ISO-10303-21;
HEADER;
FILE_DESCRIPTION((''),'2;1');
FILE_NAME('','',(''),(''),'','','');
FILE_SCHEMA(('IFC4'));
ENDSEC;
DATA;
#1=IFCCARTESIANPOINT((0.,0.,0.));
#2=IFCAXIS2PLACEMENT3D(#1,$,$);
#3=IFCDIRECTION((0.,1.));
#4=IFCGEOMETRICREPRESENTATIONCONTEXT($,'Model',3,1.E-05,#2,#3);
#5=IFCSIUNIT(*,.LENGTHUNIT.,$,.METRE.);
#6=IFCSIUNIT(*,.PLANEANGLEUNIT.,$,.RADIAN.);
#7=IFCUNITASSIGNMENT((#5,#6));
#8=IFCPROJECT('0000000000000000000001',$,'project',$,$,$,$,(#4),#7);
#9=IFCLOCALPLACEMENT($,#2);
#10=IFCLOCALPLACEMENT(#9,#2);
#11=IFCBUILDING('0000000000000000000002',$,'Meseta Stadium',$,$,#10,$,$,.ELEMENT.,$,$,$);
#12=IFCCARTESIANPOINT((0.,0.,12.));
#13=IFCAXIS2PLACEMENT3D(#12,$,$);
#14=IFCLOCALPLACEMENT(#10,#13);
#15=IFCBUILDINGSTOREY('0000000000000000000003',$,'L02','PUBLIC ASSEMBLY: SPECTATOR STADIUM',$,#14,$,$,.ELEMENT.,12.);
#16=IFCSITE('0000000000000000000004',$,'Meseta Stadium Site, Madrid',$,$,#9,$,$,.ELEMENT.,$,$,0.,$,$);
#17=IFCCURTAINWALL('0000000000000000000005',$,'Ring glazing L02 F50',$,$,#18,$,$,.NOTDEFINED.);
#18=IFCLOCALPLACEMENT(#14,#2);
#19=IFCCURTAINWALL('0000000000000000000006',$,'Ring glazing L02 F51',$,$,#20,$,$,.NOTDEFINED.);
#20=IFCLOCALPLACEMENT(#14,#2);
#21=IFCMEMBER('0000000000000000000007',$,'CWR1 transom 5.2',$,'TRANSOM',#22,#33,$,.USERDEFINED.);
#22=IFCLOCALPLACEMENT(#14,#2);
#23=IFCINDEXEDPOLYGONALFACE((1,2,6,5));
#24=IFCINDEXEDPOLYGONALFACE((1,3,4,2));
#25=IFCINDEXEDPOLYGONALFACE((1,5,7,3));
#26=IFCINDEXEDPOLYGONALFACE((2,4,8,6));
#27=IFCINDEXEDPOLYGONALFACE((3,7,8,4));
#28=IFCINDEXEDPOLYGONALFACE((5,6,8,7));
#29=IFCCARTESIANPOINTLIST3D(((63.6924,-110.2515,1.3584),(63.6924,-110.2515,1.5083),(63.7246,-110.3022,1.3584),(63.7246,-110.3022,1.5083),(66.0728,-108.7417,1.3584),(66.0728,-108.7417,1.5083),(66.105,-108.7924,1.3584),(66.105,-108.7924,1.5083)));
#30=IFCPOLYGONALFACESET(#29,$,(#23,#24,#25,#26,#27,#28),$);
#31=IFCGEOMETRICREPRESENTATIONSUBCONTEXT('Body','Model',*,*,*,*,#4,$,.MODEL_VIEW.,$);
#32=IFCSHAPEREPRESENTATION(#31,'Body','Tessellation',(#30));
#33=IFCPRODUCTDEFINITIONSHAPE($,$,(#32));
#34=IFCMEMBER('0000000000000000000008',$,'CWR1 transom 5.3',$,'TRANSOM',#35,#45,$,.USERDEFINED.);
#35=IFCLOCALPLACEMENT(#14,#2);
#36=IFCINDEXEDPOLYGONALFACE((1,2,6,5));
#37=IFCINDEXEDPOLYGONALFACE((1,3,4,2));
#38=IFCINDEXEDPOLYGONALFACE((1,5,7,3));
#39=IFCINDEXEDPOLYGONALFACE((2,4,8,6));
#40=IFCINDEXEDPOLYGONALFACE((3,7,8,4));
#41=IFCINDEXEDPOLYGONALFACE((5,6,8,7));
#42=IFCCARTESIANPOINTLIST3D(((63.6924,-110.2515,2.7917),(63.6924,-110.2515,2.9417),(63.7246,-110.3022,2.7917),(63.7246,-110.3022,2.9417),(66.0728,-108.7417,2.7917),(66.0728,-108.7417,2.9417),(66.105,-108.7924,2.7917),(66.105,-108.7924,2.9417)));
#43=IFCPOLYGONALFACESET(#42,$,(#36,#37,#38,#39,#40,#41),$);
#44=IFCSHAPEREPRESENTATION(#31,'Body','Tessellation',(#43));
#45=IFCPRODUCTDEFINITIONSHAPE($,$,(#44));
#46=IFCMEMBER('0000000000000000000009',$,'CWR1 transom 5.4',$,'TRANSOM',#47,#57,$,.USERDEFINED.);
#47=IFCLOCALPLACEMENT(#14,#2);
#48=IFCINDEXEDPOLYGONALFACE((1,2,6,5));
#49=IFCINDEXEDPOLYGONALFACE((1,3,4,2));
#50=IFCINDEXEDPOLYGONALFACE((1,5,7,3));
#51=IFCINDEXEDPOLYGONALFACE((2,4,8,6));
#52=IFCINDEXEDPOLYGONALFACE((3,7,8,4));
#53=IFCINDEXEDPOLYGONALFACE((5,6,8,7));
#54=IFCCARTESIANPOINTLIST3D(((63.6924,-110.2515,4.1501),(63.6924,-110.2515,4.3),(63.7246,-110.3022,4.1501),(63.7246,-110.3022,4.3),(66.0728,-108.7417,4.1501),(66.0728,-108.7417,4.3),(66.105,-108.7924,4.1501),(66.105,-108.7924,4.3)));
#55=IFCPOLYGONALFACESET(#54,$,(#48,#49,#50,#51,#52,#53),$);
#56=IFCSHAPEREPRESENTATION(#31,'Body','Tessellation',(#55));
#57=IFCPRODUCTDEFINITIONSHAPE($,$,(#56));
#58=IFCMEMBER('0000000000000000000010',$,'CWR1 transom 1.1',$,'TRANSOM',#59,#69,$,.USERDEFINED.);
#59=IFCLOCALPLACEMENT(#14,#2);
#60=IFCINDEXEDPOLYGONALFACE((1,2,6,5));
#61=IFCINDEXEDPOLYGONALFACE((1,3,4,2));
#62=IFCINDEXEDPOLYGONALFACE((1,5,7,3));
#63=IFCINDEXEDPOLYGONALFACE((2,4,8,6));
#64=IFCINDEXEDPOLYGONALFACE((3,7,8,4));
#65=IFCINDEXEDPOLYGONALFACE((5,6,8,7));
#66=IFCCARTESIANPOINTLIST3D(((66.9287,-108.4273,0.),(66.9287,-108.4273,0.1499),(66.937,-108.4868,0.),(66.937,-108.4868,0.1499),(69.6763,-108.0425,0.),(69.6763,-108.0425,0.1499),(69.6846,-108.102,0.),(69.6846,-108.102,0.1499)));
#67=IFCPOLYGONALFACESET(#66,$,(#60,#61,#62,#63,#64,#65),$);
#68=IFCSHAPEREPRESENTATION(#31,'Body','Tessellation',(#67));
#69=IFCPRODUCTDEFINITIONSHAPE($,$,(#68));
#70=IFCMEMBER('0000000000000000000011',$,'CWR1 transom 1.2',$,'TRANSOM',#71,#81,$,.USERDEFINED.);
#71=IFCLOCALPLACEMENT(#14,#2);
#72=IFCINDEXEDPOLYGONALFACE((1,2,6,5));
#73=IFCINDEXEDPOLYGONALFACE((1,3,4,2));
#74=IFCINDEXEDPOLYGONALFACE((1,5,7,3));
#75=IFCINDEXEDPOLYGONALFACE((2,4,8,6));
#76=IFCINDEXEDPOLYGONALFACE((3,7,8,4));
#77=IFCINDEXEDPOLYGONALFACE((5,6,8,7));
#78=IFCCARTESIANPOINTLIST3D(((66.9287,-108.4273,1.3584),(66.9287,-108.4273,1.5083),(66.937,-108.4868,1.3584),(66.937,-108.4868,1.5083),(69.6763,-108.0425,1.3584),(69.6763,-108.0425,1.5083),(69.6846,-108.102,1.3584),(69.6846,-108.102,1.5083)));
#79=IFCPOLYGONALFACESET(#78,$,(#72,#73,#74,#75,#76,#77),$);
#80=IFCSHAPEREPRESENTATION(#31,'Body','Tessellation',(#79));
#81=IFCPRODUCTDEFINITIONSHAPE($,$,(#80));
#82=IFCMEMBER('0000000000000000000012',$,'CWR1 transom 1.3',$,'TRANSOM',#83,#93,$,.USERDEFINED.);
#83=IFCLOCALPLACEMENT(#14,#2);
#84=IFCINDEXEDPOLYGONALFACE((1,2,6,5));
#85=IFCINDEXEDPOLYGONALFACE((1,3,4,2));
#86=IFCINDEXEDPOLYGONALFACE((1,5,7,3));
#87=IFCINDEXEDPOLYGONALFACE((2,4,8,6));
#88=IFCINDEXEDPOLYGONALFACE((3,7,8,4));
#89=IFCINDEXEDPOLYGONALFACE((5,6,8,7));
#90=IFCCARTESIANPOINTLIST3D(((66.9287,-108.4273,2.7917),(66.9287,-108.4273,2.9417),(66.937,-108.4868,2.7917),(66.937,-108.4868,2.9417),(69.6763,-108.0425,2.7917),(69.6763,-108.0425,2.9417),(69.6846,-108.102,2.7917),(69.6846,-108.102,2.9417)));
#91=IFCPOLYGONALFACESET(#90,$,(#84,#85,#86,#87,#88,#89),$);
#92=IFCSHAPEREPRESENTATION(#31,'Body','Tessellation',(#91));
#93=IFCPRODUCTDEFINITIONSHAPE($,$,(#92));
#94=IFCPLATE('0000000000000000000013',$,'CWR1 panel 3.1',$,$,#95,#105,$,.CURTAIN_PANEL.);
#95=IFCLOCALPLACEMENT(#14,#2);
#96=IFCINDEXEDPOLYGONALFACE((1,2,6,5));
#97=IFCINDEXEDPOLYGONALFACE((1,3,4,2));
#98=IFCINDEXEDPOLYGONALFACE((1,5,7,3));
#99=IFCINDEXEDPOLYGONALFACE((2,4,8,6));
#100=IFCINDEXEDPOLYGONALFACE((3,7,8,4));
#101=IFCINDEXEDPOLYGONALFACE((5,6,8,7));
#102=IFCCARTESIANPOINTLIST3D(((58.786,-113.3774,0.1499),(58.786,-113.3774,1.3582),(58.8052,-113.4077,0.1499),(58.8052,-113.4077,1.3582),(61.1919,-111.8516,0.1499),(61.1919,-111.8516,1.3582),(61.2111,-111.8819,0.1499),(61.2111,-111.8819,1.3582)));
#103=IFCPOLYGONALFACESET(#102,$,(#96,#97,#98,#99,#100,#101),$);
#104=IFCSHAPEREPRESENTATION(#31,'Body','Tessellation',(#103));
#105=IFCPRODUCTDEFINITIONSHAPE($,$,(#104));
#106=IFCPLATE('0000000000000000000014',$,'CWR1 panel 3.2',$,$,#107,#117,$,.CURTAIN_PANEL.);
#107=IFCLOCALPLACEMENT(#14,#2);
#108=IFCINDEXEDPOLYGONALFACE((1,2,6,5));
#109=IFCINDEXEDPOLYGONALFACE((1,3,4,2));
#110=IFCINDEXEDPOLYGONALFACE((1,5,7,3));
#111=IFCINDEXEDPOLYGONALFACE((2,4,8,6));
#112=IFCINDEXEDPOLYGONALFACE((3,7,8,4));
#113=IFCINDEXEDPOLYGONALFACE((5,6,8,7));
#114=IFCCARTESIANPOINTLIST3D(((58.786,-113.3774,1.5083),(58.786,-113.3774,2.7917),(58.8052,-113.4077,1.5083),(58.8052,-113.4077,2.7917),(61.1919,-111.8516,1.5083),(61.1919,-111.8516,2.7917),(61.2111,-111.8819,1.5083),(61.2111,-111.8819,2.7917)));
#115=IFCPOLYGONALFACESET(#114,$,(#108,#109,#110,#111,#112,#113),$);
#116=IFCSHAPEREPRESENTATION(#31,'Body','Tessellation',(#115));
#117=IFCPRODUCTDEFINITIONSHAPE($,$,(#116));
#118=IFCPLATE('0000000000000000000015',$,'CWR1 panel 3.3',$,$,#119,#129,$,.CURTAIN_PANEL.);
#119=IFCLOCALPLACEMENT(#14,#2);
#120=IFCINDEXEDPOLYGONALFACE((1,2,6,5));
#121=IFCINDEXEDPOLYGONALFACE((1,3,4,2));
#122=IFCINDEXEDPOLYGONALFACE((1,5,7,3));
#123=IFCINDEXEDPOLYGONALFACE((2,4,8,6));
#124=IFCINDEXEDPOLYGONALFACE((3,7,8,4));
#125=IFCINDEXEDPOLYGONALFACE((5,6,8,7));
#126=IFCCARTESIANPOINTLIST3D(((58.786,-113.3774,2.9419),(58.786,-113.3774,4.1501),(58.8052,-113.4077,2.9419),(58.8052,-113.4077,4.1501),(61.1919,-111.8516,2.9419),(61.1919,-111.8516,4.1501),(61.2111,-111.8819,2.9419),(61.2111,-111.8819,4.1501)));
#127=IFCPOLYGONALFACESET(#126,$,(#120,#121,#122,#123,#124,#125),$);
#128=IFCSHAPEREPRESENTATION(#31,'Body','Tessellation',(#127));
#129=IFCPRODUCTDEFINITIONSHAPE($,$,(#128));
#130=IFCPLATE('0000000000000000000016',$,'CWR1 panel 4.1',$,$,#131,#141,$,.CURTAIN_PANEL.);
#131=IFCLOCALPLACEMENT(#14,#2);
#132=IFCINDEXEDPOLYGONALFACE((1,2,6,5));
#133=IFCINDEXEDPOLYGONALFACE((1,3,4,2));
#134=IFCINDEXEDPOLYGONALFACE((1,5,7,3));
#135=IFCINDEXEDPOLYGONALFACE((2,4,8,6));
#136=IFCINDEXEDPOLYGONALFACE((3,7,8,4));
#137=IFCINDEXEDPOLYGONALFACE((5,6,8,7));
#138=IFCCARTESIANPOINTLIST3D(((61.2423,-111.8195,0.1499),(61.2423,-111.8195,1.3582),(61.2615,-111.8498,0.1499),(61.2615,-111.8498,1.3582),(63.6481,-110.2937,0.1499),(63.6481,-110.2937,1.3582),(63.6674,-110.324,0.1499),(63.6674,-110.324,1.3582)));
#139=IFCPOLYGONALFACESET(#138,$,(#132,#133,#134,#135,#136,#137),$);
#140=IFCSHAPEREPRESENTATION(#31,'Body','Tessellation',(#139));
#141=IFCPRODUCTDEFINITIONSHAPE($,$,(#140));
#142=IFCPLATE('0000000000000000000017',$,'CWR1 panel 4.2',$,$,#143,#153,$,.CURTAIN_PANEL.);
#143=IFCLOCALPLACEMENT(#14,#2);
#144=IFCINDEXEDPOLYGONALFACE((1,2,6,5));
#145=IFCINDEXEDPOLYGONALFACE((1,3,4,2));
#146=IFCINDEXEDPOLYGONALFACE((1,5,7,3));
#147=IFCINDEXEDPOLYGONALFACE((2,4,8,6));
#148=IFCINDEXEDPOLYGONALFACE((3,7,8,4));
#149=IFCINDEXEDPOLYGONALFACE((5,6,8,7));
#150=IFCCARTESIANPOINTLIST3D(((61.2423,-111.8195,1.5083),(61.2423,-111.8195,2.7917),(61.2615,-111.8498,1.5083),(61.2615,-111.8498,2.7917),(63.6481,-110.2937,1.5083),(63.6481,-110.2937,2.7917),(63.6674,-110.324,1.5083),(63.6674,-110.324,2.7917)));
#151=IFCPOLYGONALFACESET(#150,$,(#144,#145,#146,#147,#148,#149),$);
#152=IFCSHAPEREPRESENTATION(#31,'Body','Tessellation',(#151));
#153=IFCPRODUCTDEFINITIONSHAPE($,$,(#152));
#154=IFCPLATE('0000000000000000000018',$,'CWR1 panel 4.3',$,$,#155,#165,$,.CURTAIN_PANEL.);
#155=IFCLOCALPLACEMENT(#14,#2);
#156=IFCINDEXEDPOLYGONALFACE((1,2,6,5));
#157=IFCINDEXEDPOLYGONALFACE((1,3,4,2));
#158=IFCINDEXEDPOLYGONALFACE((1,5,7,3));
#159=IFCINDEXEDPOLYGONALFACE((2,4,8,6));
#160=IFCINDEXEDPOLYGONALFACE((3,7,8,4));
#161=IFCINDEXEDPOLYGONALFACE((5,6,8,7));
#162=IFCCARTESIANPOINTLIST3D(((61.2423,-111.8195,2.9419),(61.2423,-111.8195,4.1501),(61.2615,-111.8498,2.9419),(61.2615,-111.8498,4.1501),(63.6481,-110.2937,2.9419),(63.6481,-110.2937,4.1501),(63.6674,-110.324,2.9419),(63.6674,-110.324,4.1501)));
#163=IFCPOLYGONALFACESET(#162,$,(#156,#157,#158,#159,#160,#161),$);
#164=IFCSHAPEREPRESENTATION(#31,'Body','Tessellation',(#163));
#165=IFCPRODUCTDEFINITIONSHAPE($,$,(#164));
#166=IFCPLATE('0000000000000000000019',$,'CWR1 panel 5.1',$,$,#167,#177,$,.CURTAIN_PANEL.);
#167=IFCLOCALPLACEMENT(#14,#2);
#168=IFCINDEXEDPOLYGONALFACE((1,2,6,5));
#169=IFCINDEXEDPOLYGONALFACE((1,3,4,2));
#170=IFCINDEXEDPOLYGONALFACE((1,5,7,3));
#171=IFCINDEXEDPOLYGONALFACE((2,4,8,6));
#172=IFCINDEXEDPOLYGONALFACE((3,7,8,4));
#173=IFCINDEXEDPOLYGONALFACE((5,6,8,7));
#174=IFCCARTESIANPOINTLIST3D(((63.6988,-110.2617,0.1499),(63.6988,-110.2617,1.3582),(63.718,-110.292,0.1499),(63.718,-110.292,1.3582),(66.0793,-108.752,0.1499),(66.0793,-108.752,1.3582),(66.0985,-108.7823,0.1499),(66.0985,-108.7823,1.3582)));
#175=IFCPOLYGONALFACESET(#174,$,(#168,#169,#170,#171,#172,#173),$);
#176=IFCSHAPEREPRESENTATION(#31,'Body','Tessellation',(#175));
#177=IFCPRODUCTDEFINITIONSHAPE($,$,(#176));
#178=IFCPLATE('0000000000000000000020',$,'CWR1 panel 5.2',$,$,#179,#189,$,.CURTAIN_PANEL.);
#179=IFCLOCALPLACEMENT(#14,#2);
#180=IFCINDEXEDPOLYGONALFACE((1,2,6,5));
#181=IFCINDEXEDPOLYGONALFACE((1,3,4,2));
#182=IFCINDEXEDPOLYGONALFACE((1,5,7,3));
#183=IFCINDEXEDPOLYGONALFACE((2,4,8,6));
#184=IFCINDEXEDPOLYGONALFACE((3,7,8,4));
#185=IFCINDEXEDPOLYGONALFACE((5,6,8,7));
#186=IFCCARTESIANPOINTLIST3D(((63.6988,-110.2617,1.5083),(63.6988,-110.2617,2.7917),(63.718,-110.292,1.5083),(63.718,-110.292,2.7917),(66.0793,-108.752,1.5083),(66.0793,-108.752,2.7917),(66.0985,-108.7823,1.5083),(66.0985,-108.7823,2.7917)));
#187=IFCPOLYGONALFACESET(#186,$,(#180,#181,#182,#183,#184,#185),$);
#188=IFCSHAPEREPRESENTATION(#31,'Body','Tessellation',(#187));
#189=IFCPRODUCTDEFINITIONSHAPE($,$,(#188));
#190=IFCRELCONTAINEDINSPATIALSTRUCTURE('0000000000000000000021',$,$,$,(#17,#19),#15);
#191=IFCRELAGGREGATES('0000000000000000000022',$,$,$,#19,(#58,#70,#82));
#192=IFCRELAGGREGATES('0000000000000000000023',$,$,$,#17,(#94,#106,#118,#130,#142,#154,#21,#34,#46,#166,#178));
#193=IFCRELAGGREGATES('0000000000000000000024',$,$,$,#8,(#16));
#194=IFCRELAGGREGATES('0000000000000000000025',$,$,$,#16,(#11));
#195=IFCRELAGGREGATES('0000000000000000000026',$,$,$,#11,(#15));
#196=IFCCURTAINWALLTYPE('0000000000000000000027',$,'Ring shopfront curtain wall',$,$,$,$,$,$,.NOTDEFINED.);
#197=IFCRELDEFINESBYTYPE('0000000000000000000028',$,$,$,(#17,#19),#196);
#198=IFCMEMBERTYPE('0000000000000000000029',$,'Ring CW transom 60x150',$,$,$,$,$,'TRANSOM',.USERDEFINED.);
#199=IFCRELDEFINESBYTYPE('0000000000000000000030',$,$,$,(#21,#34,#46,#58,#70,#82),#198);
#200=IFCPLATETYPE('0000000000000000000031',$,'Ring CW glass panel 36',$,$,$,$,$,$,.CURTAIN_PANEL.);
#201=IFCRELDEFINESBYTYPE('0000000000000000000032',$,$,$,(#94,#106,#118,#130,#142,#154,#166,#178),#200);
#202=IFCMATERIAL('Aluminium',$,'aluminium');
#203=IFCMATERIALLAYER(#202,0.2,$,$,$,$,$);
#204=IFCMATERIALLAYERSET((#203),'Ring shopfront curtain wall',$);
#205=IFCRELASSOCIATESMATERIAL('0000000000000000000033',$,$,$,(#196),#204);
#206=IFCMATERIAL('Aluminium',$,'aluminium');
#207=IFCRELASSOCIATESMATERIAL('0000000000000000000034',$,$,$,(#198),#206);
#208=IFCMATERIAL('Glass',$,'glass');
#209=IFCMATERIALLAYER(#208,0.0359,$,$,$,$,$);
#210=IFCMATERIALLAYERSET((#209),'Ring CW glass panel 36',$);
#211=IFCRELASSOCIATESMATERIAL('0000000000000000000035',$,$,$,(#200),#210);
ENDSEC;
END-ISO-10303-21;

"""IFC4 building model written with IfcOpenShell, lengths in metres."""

from ifc_helpers import new_model, si_unit, direction, frame, origin, origin_2d, place, context, subcontext, project, spatial, rectangle, extrude, material, layer, layer_set, material_profile, profile_set, type_object, element, aggregate, save


model = new_model("IFC4")

# Units and contexts
model_context = context("Model", 3, precision=1e-05, world=origin(), true_north=direction((0.0, 1.0)))
body_context = subcontext(model_context, "Body", "Model", "MODEL_VIEW")
ifc_project = project(units=[si_unit("LENGTHUNIT", "METRE"), si_unit("PLANEANGLEUNIT", "RADIAN")], contexts=[model_context])

# Site, building, storey
site_placement = place(None, origin())
site = spatial("IfcSite", under=ifc_project, at=site_placement, Name="Meseta Stadium Site, Madrid", CompositionType="ELEMENT", RefElevation=0.0)
building_placement = place(site_placement, origin())
building = spatial("IfcBuilding", under=site, at=building_placement, Name="Meseta Stadium", CompositionType="ELEMENT")
storey_placement = place(building_placement, frame((0.0, 0.0, 12.0)))
storey = spatial("IfcBuildingStorey", under=building, at=storey_placement, Name="L02", Description="PUBLIC ASSEMBLY: SPECTATOR STADIUM", CompositionType="ELEMENT", Elevation=12.0)

# Curtain wall
ifc_material_1 = material(Name="Aluminium", Category="aluminium")
ifc_layer_1 = layer(ifc_material_1, 0.2)
ifc_layer_set_1 = layer_set([ifc_layer_1], Name="Ring shopfront curtain wall")
curtain_wall_type = type_object("IfcCurtainWallType", Name="Ring shopfront curtain wall", PredefinedType="NOTDEFINED", material=ifc_layer_set_1)
curtain_wall_1_placement = place(storey_placement, origin())
curtain_wall_1 = element("IfcCurtainWall", 1, at=curtain_wall_1_placement, inside=storey, type_object=curtain_wall_type, Name="Ring glazing L02 F50", PredefinedType="NOTDEFINED")

# Curtain wall
curtain_wall_2_placement = place(storey_placement, origin())
curtain_wall_2 = element("IfcCurtainWall", 2, at=curtain_wall_2_placement, inside=storey, type_object=curtain_wall_type, Name="Ring glazing L02 F51", PredefinedType="NOTDEFINED")

# Members
ifc_material_2 = material(Name="Aluminium", Category="aluminium")
ifc_material_profile_1 = material_profile(ifc_material_2, rectangle(XDim=0.0601, YDim=0.1499, at=origin_2d()), Name="CW 60x150")
ifc_profile_set_1 = profile_set([ifc_material_profile_1], Name="Aluminium")
member_type_1 = type_object("IfcMemberType", Name="Ring CW transom 60x150", ElementType="TRANSOM", PredefinedType="USERDEFINED", material=ifc_profile_set_1)
member_1_placement = place(storey_placement, frame((63.7085, -110.2769, 1.4333), z_axis=(0.844467, 0.535608, 0.0), x_axis=(-0.535608, 0.844467, 0.0)))
member_1 = element("IfcMember", 3, at=member_1_placement, type_object=member_type_1, Name="CWR1 transom 5.2", ObjectType="TRANSOM", PredefinedType="USERDEFINED", context=body_context, shape_type="SweptSolid", body=[
    extrude(rectangle(XDim=0.0601, YDim=0.1499, at=origin_2d()), origin(), (0.0, 0.0, 1.0), 2.8188),
])
member_2_placement = place(storey_placement, frame((63.7085, -110.2769, 2.8667), z_axis=(0.844467, 0.535608, 0.0), x_axis=(-0.535608, 0.844467, 0.0)))
member_2 = element("IfcMember", 4, at=member_2_placement, type_object=member_type_1, Name="CWR1 transom 5.3", ObjectType="TRANSOM", PredefinedType="USERDEFINED", context=body_context, shape_type="SweptSolid", body=[
    extrude(rectangle(XDim=0.0601, YDim=0.1499, at=origin_2d()), origin(), (0.0, 0.0, 1.0), 2.8188),
])
member_3_placement = place(storey_placement, frame((63.7085, -110.2769, 4.2251), z_axis=(0.844467, 0.535608, 0.0), x_axis=(-0.535608, 0.844467, 0.0)))
member_3 = element("IfcMember", 5, at=member_3_placement, type_object=member_type_1, Name="CWR1 transom 5.4", ObjectType="TRANSOM", PredefinedType="USERDEFINED", context=body_context, shape_type="SweptSolid", body=[
    extrude(rectangle(XDim=0.0601, YDim=0.1499, at=origin_2d()), origin(), (0.0, 0.0, 1.0), 2.8188),
])
member_4_placement = place(storey_placement, frame((66.9329, -108.457, 0.075), z_axis=(0.990336, 0.138686, 0.0), x_axis=(-0.138686, 0.990336, 0.0)))
member_4 = element("IfcMember", 6, at=member_4_placement, type_object=member_type_1, Name="CWR1 transom 1.1", ObjectType="TRANSOM", PredefinedType="USERDEFINED", context=body_context, shape_type="SweptSolid", body=[
    extrude(rectangle(XDim=0.0601, YDim=0.1499, at=origin_2d()), origin(), (0.0, 0.0, 1.0), 2.7744),
])
member_5_placement = place(storey_placement, frame((66.9329, -108.457, 1.4333), z_axis=(0.990336, 0.138686, 0.0), x_axis=(-0.138686, 0.990336, 0.0)))
member_5 = element("IfcMember", 7, at=member_5_placement, type_object=member_type_1, Name="CWR1 transom 1.2", ObjectType="TRANSOM", PredefinedType="USERDEFINED", context=body_context, shape_type="SweptSolid", body=[
    extrude(rectangle(XDim=0.0601, YDim=0.1499, at=origin_2d()), origin(), (0.0, 0.0, 1.0), 2.7744),
])
member_6_placement = place(storey_placement, frame((66.9329, -108.457, 2.8667), z_axis=(0.990336, 0.138686, 0.0), x_axis=(-0.138686, 0.990336, 0.0)))
member_6 = element("IfcMember", 8, at=member_6_placement, type_object=member_type_1, Name="CWR1 transom 1.3", ObjectType="TRANSOM", PredefinedType="USERDEFINED", context=body_context, shape_type="SweptSolid", body=[
    extrude(rectangle(XDim=0.0601, YDim=0.1499, at=origin_2d()), origin(), (0.0, 0.0, 1.0), 2.7744),
])
aggregate(curtain_wall_2, [member_4, member_5, member_6])

# Plates
ifc_material_3 = material(Name="Glass", Category="glass")
ifc_layer_2 = layer(ifc_material_3, 0.0359)
ifc_layer_set_2 = layer_set([ifc_layer_2], Name="Ring CW glass panel 36")
plate_type_1 = type_object("IfcPlateType", Name="Ring CW glass panel 36", PredefinedType="CURTAIN_PANEL", material=ifc_layer_set_2)
plate_1_placement = place(storey_placement, frame((59.9985, -112.6296, 0.1499), z_axis=(0.0, 0.0, 1.0), x_axis=(0.844491, 0.535569, 0.0)))
plate_1 = element("IfcPlate", 9, at=plate_1_placement, type_object=plate_type_1, Name="CWR1 panel 3.1", PredefinedType="CURTAIN_PANEL", context=body_context, shape_type="SweptSolid", body=[
    extrude(rectangle(XDim=2.8489, YDim=0.0359, at=origin_2d()), origin(), (0.0, 0.0, 1.0), 1.2083),
])
plate_2_placement = place(storey_placement, frame((59.9985, -112.6296, 1.5083), z_axis=(0.0, 0.0, 1.0), x_axis=(0.844491, 0.535569, 0.0)))
plate_2 = element("IfcPlate", 10, at=plate_2_placement, type_object=plate_type_1, Name="CWR1 panel 3.2", PredefinedType="CURTAIN_PANEL", context=body_context, shape_type="SweptSolid", body=[
    extrude(rectangle(XDim=2.8489, YDim=0.0359, at=origin_2d()), origin(), (0.0, 0.0, 1.0), 1.2834),
])
plate_3_placement = place(storey_placement, frame((59.9985, -112.6296, 2.9419), z_axis=(0.0, 0.0, 1.0), x_axis=(0.844491, 0.535569, 0.0)))
plate_3 = element("IfcPlate", 11, at=plate_3_placement, type_object=plate_type_1, Name="CWR1 panel 3.3", PredefinedType="CURTAIN_PANEL", context=body_context, shape_type="SweptSolid", body=[
    extrude(rectangle(XDim=2.8489, YDim=0.0359, at=origin_2d()), origin(), (0.0, 0.0, 1.0), 1.2083),
])
plate_4_placement = place(storey_placement, frame((62.4548, -111.0718, 0.1499), z_axis=(0.0, 0.0, 1.0), x_axis=(0.844491, 0.535569, 0.0)))
plate_4 = element("IfcPlate", 12, at=plate_4_placement, type_object=plate_type_1, Name="CWR1 panel 4.1", PredefinedType="CURTAIN_PANEL", context=body_context, shape_type="SweptSolid", body=[
    extrude(rectangle(XDim=2.8489, YDim=0.0359, at=origin_2d()), origin(), (0.0, 0.0, 1.0), 1.2083),
])
plate_5_placement = place(storey_placement, frame((62.4548, -111.0718, 1.5083), z_axis=(0.0, 0.0, 1.0), x_axis=(0.844491, 0.535569, 0.0)))
plate_5 = element("IfcPlate", 13, at=plate_5_placement, type_object=plate_type_1, Name="CWR1 panel 4.2", PredefinedType="CURTAIN_PANEL", context=body_context, shape_type="SweptSolid", body=[
    extrude(rectangle(XDim=2.8489, YDim=0.0359, at=origin_2d()), origin(), (0.0, 0.0, 1.0), 1.2834),
])
plate_6_placement = place(storey_placement, frame((62.4548, -111.0718, 2.9419), z_axis=(0.0, 0.0, 1.0), x_axis=(0.844491, 0.535569, 0.0)))
plate_6 = element("IfcPlate", 14, at=plate_6_placement, type_object=plate_type_1, Name="CWR1 panel 4.3", PredefinedType="CURTAIN_PANEL", context=body_context, shape_type="SweptSolid", body=[
    extrude(rectangle(XDim=2.8489, YDim=0.0359, at=origin_2d()), origin(), (0.0, 0.0, 1.0), 1.2083),
])
plate_7_placement = place(storey_placement, frame((64.8987, -109.522, 0.1499), z_axis=(0.0, 0.0, 1.0), x_axis=(0.844491, 0.535569, 0.0)))
plate_7 = element("IfcPlate", 15, at=plate_7_placement, type_object=plate_type_1, Name="CWR1 panel 5.1", PredefinedType="CURTAIN_PANEL", context=body_context, shape_type="SweptSolid", body=[
    extrude(rectangle(XDim=2.8188, YDim=0.0359, at=origin_2d()), origin(), (0.0, 0.0, 1.0), 1.2083),
])
plate_8_placement = place(storey_placement, frame((64.8987, -109.522, 1.5083), z_axis=(0.0, 0.0, 1.0), x_axis=(0.844491, 0.535569, 0.0)))
plate_8 = element("IfcPlate", 16, at=plate_8_placement, type_object=plate_type_1, Name="CWR1 panel 5.2", PredefinedType="CURTAIN_PANEL", context=body_context, shape_type="SweptSolid", body=[
    extrude(rectangle(XDim=2.8188, YDim=0.0359, at=origin_2d()), origin(), (0.0, 0.0, 1.0), 1.2834),
])
aggregate(curtain_wall_1, [plate_1, plate_2, plate_3, plate_4, plate_5, plate_6, member_1, member_2, member_3, plate_7, plate_8])

save(model, "model.ifc")
